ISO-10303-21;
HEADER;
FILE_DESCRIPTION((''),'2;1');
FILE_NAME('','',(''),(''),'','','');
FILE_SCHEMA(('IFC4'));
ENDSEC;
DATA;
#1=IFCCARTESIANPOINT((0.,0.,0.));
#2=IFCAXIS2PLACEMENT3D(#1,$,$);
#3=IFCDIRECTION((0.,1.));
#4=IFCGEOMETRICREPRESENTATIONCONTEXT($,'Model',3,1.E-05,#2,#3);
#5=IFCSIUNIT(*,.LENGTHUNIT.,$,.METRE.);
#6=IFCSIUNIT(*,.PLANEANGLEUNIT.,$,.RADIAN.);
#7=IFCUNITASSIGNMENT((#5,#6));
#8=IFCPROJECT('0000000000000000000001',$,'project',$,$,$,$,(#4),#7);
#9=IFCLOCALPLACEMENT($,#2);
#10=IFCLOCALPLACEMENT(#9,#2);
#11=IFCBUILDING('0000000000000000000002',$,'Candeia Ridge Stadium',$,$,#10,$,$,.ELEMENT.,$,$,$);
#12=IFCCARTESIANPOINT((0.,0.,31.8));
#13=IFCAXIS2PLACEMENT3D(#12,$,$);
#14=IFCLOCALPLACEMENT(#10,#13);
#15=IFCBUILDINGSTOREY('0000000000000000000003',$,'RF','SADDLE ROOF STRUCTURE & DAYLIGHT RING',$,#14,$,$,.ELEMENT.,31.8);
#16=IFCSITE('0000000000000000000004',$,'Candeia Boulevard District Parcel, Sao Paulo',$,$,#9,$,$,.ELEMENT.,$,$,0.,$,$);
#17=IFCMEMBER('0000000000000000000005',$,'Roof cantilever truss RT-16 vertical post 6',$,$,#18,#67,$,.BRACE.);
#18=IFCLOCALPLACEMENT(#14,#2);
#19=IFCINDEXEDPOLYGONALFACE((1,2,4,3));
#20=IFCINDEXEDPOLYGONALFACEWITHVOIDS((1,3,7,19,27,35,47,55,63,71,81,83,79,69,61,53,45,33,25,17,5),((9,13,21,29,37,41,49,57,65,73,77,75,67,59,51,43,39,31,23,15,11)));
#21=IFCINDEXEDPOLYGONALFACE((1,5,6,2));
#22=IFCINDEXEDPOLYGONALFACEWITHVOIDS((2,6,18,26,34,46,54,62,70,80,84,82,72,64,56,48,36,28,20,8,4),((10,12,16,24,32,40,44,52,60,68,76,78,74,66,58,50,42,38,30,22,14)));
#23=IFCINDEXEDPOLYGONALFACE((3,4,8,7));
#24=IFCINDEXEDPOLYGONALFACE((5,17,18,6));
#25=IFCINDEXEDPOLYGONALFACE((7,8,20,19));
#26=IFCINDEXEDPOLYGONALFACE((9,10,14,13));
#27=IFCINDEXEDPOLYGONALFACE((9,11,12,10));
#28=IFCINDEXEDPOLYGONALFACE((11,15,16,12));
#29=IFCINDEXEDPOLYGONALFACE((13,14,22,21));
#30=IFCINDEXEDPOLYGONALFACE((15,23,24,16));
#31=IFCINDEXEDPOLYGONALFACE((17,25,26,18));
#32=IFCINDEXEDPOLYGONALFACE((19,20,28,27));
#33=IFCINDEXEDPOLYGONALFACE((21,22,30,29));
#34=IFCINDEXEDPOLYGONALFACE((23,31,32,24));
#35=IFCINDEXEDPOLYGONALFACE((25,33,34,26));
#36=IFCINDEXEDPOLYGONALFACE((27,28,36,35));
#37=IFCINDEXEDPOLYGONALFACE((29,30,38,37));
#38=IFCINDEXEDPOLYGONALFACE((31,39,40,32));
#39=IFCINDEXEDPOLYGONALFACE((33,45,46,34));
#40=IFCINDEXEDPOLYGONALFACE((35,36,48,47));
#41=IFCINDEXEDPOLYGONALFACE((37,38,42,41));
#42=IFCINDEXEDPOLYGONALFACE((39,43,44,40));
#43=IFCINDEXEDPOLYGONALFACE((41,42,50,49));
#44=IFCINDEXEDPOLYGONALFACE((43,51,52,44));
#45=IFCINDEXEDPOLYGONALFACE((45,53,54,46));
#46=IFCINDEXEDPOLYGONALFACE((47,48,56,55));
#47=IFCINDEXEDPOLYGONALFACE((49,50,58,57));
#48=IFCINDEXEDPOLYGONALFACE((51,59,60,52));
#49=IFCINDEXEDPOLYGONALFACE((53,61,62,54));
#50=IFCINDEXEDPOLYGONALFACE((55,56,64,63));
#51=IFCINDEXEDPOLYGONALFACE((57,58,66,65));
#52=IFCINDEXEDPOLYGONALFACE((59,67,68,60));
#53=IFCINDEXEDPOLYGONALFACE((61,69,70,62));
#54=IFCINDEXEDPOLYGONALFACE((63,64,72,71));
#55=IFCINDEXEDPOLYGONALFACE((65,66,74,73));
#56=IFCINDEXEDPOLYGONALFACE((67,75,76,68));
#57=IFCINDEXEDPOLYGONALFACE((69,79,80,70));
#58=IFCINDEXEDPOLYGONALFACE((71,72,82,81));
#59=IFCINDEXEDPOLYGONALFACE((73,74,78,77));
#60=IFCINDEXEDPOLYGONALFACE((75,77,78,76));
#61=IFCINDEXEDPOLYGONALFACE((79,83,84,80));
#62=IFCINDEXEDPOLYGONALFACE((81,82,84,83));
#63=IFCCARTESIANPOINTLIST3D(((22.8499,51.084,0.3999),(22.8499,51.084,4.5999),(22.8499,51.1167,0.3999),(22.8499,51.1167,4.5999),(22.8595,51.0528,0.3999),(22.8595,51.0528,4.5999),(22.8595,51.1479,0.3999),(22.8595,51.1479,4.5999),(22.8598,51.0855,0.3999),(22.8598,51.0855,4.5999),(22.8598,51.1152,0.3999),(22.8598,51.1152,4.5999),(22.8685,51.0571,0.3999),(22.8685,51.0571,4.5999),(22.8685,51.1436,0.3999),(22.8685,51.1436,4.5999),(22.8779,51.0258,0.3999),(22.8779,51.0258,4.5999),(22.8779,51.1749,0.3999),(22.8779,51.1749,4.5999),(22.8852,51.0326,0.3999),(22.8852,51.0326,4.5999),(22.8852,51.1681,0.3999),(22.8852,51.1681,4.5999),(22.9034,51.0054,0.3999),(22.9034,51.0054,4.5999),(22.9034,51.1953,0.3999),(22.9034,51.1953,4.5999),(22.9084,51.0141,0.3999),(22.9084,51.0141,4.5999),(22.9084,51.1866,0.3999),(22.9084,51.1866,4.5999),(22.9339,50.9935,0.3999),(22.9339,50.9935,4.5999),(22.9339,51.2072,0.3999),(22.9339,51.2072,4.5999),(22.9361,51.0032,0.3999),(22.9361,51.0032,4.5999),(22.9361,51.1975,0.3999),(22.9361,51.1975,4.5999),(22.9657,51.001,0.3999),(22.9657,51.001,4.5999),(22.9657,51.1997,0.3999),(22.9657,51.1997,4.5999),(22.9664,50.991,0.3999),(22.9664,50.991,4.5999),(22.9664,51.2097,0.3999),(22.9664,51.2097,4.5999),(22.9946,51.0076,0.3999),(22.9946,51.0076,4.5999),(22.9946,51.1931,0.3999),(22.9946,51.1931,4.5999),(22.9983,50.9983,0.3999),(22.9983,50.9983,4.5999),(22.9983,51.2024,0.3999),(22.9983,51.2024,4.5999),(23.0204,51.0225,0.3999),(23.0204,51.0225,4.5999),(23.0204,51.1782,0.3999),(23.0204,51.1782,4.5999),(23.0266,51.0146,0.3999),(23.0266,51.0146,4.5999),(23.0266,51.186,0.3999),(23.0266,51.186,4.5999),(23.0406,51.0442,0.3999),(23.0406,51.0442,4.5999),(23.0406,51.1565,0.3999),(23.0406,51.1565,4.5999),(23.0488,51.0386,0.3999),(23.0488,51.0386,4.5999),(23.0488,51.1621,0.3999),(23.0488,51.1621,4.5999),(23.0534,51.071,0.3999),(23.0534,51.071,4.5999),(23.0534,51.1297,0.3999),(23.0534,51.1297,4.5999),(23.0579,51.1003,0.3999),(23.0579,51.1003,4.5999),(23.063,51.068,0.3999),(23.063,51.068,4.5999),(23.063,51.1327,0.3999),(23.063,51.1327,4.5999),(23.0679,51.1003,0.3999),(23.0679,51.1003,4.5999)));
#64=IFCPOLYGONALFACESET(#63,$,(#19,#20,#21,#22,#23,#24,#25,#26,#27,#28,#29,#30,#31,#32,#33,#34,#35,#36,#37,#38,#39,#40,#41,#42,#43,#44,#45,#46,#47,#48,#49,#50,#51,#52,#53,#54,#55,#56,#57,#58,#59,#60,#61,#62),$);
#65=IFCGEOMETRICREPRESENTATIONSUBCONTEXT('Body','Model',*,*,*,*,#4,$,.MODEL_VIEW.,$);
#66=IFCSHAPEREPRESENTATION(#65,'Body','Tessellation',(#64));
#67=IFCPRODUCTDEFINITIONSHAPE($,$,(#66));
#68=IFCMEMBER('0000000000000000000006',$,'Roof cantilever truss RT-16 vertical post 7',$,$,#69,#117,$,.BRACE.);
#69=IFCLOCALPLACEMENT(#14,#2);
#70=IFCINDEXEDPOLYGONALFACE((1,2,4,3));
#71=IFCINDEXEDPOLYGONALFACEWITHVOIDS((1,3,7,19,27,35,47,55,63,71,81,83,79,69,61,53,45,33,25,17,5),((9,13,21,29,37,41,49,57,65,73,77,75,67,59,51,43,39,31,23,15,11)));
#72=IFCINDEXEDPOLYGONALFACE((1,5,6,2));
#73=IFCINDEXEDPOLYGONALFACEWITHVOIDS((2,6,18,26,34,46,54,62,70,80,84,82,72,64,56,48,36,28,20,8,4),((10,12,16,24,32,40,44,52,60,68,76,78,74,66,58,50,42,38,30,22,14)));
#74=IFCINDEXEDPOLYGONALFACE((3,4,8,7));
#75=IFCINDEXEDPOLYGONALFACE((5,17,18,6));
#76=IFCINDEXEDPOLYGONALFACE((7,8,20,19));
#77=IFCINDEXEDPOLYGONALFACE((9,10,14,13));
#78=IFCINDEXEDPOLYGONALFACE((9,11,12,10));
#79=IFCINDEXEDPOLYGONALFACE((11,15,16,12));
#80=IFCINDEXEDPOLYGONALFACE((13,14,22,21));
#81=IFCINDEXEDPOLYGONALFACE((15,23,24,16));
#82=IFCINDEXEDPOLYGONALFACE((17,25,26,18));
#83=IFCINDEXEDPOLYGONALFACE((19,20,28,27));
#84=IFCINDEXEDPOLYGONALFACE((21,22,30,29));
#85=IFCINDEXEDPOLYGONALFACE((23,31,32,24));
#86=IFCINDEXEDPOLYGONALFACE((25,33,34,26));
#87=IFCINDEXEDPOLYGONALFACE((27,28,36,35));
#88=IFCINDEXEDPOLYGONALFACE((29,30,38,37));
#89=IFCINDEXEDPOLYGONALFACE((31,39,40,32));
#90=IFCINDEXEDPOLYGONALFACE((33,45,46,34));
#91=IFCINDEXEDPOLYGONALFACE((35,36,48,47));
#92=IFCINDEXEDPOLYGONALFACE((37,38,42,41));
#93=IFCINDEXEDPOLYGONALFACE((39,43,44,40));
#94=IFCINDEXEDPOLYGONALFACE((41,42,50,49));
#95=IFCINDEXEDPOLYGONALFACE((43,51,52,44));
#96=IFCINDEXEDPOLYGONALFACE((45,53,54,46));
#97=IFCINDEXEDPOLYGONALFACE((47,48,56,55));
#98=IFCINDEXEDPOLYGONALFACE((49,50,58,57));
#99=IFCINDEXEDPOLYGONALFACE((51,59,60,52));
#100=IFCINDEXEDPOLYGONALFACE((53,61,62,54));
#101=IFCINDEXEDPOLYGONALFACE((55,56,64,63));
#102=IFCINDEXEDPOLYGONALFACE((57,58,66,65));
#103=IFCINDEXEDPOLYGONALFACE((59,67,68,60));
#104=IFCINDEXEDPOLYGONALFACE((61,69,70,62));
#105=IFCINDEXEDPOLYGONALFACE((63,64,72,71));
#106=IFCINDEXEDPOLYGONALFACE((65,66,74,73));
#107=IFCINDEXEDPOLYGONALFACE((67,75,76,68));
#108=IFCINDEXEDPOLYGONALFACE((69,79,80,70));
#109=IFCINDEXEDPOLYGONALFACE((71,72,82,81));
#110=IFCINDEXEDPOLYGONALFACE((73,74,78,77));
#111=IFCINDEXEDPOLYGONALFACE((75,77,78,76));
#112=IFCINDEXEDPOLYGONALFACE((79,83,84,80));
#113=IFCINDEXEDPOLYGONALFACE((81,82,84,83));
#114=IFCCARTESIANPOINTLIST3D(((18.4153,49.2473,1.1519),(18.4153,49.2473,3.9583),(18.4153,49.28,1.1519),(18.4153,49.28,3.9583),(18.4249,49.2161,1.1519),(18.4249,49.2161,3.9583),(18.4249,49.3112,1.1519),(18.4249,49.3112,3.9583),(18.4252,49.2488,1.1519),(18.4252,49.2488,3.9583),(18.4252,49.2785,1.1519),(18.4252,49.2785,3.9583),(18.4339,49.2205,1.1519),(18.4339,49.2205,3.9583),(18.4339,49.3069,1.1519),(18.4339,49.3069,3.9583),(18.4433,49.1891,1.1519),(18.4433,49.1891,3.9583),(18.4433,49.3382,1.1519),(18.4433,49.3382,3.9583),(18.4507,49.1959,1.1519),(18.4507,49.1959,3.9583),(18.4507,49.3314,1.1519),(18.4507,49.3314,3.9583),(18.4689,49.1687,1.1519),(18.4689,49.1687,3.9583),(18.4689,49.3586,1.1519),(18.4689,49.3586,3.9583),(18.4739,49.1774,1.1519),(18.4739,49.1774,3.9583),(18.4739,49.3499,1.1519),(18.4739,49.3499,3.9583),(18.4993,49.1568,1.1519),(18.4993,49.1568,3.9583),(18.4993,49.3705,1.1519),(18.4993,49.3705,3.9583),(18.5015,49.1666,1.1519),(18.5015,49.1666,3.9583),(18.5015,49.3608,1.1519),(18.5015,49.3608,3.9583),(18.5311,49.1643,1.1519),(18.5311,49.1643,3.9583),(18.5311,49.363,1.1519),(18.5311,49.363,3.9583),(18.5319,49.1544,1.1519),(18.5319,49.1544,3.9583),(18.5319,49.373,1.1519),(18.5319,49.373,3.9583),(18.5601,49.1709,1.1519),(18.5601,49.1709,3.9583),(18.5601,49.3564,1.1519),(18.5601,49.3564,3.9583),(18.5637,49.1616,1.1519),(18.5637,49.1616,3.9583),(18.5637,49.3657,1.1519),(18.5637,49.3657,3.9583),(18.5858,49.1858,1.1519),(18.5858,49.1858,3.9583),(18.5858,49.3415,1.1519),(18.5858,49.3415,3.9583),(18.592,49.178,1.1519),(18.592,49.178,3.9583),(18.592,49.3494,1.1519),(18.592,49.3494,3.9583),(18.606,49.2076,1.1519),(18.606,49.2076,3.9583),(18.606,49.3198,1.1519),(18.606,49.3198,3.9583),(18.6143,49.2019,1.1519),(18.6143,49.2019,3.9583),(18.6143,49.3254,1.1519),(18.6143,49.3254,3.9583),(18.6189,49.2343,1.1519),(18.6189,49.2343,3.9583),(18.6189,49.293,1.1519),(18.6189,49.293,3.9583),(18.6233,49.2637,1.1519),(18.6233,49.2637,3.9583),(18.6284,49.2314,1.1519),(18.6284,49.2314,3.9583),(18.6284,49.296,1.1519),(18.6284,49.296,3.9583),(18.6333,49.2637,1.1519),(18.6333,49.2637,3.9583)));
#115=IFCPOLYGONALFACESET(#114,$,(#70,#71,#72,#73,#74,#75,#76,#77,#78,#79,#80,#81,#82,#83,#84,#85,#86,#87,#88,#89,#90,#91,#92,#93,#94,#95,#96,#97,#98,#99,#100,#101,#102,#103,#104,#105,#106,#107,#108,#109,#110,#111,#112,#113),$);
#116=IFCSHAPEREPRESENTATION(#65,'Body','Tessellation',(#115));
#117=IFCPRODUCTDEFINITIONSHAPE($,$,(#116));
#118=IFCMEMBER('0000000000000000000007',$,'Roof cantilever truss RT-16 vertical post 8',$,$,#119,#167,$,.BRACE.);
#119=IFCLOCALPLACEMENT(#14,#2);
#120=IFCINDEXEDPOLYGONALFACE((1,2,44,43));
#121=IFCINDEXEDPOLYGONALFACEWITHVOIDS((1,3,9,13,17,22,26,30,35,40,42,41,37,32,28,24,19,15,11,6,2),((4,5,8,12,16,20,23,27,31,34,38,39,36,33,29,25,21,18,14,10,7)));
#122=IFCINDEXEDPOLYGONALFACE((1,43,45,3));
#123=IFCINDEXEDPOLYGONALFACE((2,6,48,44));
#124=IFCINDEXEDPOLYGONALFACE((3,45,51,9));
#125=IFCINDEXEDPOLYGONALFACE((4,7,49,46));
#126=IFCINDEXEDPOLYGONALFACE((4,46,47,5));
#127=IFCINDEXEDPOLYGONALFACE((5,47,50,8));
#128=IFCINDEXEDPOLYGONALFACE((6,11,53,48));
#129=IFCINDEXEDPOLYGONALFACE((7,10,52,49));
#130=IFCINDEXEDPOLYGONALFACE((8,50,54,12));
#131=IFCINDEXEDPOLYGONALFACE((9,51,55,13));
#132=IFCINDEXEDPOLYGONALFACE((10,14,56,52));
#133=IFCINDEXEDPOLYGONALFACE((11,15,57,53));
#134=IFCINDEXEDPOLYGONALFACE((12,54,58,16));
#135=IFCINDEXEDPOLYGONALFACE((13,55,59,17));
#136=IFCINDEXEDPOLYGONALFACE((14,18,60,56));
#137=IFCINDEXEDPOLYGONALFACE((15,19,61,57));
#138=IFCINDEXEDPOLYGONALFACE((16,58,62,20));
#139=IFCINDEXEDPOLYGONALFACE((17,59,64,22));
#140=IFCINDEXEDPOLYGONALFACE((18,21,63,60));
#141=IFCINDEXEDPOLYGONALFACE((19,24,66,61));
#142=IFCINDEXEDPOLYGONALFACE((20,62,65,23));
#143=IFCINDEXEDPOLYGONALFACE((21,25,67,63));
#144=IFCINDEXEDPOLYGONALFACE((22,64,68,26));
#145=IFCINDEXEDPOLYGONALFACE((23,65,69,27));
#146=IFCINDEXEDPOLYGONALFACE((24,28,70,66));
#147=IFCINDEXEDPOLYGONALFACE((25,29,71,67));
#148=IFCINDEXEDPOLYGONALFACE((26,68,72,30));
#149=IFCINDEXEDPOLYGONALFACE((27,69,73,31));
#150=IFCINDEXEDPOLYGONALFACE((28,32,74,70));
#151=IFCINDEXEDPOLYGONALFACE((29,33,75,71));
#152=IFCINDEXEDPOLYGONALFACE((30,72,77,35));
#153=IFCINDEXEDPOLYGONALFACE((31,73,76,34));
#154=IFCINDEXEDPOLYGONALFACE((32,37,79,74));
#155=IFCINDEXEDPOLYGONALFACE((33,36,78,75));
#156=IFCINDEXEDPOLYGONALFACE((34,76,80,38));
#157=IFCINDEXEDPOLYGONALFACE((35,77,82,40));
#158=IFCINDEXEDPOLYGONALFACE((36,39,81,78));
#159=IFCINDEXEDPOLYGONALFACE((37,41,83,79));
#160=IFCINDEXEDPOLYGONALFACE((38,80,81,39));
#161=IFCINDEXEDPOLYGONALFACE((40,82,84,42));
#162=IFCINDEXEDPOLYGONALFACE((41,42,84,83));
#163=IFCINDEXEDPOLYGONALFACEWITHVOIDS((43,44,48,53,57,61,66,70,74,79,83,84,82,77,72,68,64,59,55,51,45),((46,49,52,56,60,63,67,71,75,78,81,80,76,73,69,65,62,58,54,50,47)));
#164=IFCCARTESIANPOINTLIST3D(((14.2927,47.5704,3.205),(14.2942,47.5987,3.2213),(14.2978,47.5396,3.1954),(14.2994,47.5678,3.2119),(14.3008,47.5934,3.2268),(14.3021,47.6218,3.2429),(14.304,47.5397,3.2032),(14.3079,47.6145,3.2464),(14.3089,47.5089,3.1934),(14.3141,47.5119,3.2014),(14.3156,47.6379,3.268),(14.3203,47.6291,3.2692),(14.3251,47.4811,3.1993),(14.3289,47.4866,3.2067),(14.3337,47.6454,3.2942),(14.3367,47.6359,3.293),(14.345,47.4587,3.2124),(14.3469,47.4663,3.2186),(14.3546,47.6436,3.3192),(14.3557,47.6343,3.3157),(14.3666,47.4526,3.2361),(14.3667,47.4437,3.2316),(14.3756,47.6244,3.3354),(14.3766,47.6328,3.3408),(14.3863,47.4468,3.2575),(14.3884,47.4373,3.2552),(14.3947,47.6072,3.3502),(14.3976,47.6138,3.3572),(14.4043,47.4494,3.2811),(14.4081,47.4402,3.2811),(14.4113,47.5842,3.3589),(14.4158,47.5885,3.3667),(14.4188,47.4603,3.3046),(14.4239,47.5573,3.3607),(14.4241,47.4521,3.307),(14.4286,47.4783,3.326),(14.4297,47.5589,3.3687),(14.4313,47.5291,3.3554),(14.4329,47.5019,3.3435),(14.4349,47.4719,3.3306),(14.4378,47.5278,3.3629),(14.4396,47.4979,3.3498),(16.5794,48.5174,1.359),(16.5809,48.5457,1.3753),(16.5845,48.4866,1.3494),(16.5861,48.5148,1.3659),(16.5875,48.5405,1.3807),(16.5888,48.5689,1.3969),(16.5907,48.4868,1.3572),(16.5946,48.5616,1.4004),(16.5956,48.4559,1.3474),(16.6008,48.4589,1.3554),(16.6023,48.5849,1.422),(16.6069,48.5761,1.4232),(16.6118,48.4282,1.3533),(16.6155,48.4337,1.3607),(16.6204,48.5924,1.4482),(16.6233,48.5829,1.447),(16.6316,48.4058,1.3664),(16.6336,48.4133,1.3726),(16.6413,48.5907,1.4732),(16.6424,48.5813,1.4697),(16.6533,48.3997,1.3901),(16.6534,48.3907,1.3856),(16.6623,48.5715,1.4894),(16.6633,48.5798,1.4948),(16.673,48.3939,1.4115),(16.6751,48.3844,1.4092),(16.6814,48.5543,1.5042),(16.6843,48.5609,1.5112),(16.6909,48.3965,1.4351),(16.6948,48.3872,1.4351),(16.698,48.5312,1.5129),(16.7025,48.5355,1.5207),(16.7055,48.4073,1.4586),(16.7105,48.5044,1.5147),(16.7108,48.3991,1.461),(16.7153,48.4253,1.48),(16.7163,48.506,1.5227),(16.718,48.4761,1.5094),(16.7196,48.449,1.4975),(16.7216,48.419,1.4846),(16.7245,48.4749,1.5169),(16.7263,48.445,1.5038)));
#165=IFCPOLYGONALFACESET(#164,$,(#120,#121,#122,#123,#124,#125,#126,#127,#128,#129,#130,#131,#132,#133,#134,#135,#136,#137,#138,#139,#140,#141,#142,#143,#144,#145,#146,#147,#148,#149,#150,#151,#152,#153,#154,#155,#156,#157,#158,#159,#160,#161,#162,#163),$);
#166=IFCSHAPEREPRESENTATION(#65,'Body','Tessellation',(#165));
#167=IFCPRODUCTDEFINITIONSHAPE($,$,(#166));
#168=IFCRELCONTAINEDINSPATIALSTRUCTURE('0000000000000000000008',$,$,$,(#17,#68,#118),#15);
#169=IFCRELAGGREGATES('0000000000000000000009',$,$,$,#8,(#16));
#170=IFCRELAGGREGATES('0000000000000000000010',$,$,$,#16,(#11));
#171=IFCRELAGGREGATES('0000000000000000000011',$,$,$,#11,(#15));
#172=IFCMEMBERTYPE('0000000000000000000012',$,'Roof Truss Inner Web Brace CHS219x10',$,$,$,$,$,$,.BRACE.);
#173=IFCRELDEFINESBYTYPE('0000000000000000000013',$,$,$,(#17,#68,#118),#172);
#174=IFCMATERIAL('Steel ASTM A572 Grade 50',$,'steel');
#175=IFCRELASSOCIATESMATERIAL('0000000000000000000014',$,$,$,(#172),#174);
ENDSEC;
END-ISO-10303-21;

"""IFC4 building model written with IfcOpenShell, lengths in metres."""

from ifc_helpers import new_model, si_unit, direction, frame, origin, origin_2d, place, context, subcontext, project, spatial, hollow_circle, extrude, material, material_profile, profile_set, type_object, element, save


model = new_model("IFC4")

# Units and contexts
model_context = context("Model", 3, precision=1e-05, world=origin(), true_north=direction((0.0, 1.0)))
body_context = subcontext(model_context, "Body", "Model", "MODEL_VIEW")
ifc_project = project(units=[si_unit("LENGTHUNIT", "METRE"), si_unit("PLANEANGLEUNIT", "RADIAN")], contexts=[model_context])

# Site, building, storey
site_placement = place(None, origin())
site = spatial("IfcSite", under=ifc_project, at=site_placement, Name="Candeia Boulevard District Parcel, Sao Paulo", CompositionType="ELEMENT", RefElevation=0.0)
building_placement = place(site_placement, origin())
building = spatial("IfcBuilding", under=site, at=building_placement, Name="Candeia Ridge Stadium", CompositionType="ELEMENT")
storey_placement = place(building_placement, frame((0.0, 0.0, 31.8)))
storey = spatial("IfcBuildingStorey", under=building, at=storey_placement, Name="RF", Description="SADDLE ROOF STRUCTURE & DAYLIGHT RING", CompositionType="ELEMENT", Elevation=31.8)

# Shared definitions
ifc_material_1 = material(Name="Steel ASTM A572 Grade 50", Category="steel")

# Members
ifc_material_profile_1 = material_profile(ifc_material_1, hollow_circle(Radius=0.1096, WallThickness=0.01, at=origin_2d()), Name="CHS219x10", Category="steel")
ifc_profile_set_1 = profile_set([ifc_material_profile_1], Name="Steel ASTM A572 Grade 50")
member_type_1 = type_object("IfcMemberType", Name="Roof Truss Inner Web Brace CHS219x10", PredefinedType="BRACE", material=ifc_profile_set_1)
member_1_placement = place(storey_placement, frame((22.9583, 51.1003, 0.3999), z_axis=(0.0, 0.0, 1.0), x_axis=(1.0, 0.0, 0.0)))
element("IfcMember", 1, at=member_1_placement, inside=storey, type_object=member_type_1, Name="Roof cantilever truss RT-16 vertical post 6", PredefinedType="BRACE", context=body_context, shape_type="SweptSolid", body=[
    extrude(hollow_circle(Radius=0.1096, WallThickness=0.01, at=origin_2d()), origin(), (0.0, 0.0, 1.0), 4.2),
])
member_2_placement = place(storey_placement, frame((18.5237, 49.2637, 1.1519), z_axis=(0.0, 0.0, 1.0), x_axis=(1.0, 0.0, 0.0)))
element("IfcMember", 2, at=member_2_placement, inside=storey, type_object=member_type_1, Name="Roof cantilever truss RT-16 vertical post 7", PredefinedType="BRACE", context=body_context, shape_type="SweptSolid", body=[
    extrude(hollow_circle(Radius=0.1096, WallThickness=0.01, at=origin_2d()), origin(), (0.0, 0.0, 1.0), 2.8064),
])
member_3_placement = place(storey_placement, frame((16.6528, 48.4885, 1.4351), z_axis=(-0.740592, -0.306722, 0.597867), x_axis=(0.382639, -0.923898, 0.0)))
element("IfcMember", 3, at=member_3_placement, inside=storey, type_object=member_type_1, Name="Roof cantilever truss RT-16 vertical post 8", PredefinedType="BRACE", context=body_context, shape_type="SweptSolid", body=[
    extrude(hollow_circle(Radius=0.1096, WallThickness=0.01, at=origin_2d()), origin(), (0.0, 0.0, 1.0), 3.0876),
])

save(model, "model.ifc")
